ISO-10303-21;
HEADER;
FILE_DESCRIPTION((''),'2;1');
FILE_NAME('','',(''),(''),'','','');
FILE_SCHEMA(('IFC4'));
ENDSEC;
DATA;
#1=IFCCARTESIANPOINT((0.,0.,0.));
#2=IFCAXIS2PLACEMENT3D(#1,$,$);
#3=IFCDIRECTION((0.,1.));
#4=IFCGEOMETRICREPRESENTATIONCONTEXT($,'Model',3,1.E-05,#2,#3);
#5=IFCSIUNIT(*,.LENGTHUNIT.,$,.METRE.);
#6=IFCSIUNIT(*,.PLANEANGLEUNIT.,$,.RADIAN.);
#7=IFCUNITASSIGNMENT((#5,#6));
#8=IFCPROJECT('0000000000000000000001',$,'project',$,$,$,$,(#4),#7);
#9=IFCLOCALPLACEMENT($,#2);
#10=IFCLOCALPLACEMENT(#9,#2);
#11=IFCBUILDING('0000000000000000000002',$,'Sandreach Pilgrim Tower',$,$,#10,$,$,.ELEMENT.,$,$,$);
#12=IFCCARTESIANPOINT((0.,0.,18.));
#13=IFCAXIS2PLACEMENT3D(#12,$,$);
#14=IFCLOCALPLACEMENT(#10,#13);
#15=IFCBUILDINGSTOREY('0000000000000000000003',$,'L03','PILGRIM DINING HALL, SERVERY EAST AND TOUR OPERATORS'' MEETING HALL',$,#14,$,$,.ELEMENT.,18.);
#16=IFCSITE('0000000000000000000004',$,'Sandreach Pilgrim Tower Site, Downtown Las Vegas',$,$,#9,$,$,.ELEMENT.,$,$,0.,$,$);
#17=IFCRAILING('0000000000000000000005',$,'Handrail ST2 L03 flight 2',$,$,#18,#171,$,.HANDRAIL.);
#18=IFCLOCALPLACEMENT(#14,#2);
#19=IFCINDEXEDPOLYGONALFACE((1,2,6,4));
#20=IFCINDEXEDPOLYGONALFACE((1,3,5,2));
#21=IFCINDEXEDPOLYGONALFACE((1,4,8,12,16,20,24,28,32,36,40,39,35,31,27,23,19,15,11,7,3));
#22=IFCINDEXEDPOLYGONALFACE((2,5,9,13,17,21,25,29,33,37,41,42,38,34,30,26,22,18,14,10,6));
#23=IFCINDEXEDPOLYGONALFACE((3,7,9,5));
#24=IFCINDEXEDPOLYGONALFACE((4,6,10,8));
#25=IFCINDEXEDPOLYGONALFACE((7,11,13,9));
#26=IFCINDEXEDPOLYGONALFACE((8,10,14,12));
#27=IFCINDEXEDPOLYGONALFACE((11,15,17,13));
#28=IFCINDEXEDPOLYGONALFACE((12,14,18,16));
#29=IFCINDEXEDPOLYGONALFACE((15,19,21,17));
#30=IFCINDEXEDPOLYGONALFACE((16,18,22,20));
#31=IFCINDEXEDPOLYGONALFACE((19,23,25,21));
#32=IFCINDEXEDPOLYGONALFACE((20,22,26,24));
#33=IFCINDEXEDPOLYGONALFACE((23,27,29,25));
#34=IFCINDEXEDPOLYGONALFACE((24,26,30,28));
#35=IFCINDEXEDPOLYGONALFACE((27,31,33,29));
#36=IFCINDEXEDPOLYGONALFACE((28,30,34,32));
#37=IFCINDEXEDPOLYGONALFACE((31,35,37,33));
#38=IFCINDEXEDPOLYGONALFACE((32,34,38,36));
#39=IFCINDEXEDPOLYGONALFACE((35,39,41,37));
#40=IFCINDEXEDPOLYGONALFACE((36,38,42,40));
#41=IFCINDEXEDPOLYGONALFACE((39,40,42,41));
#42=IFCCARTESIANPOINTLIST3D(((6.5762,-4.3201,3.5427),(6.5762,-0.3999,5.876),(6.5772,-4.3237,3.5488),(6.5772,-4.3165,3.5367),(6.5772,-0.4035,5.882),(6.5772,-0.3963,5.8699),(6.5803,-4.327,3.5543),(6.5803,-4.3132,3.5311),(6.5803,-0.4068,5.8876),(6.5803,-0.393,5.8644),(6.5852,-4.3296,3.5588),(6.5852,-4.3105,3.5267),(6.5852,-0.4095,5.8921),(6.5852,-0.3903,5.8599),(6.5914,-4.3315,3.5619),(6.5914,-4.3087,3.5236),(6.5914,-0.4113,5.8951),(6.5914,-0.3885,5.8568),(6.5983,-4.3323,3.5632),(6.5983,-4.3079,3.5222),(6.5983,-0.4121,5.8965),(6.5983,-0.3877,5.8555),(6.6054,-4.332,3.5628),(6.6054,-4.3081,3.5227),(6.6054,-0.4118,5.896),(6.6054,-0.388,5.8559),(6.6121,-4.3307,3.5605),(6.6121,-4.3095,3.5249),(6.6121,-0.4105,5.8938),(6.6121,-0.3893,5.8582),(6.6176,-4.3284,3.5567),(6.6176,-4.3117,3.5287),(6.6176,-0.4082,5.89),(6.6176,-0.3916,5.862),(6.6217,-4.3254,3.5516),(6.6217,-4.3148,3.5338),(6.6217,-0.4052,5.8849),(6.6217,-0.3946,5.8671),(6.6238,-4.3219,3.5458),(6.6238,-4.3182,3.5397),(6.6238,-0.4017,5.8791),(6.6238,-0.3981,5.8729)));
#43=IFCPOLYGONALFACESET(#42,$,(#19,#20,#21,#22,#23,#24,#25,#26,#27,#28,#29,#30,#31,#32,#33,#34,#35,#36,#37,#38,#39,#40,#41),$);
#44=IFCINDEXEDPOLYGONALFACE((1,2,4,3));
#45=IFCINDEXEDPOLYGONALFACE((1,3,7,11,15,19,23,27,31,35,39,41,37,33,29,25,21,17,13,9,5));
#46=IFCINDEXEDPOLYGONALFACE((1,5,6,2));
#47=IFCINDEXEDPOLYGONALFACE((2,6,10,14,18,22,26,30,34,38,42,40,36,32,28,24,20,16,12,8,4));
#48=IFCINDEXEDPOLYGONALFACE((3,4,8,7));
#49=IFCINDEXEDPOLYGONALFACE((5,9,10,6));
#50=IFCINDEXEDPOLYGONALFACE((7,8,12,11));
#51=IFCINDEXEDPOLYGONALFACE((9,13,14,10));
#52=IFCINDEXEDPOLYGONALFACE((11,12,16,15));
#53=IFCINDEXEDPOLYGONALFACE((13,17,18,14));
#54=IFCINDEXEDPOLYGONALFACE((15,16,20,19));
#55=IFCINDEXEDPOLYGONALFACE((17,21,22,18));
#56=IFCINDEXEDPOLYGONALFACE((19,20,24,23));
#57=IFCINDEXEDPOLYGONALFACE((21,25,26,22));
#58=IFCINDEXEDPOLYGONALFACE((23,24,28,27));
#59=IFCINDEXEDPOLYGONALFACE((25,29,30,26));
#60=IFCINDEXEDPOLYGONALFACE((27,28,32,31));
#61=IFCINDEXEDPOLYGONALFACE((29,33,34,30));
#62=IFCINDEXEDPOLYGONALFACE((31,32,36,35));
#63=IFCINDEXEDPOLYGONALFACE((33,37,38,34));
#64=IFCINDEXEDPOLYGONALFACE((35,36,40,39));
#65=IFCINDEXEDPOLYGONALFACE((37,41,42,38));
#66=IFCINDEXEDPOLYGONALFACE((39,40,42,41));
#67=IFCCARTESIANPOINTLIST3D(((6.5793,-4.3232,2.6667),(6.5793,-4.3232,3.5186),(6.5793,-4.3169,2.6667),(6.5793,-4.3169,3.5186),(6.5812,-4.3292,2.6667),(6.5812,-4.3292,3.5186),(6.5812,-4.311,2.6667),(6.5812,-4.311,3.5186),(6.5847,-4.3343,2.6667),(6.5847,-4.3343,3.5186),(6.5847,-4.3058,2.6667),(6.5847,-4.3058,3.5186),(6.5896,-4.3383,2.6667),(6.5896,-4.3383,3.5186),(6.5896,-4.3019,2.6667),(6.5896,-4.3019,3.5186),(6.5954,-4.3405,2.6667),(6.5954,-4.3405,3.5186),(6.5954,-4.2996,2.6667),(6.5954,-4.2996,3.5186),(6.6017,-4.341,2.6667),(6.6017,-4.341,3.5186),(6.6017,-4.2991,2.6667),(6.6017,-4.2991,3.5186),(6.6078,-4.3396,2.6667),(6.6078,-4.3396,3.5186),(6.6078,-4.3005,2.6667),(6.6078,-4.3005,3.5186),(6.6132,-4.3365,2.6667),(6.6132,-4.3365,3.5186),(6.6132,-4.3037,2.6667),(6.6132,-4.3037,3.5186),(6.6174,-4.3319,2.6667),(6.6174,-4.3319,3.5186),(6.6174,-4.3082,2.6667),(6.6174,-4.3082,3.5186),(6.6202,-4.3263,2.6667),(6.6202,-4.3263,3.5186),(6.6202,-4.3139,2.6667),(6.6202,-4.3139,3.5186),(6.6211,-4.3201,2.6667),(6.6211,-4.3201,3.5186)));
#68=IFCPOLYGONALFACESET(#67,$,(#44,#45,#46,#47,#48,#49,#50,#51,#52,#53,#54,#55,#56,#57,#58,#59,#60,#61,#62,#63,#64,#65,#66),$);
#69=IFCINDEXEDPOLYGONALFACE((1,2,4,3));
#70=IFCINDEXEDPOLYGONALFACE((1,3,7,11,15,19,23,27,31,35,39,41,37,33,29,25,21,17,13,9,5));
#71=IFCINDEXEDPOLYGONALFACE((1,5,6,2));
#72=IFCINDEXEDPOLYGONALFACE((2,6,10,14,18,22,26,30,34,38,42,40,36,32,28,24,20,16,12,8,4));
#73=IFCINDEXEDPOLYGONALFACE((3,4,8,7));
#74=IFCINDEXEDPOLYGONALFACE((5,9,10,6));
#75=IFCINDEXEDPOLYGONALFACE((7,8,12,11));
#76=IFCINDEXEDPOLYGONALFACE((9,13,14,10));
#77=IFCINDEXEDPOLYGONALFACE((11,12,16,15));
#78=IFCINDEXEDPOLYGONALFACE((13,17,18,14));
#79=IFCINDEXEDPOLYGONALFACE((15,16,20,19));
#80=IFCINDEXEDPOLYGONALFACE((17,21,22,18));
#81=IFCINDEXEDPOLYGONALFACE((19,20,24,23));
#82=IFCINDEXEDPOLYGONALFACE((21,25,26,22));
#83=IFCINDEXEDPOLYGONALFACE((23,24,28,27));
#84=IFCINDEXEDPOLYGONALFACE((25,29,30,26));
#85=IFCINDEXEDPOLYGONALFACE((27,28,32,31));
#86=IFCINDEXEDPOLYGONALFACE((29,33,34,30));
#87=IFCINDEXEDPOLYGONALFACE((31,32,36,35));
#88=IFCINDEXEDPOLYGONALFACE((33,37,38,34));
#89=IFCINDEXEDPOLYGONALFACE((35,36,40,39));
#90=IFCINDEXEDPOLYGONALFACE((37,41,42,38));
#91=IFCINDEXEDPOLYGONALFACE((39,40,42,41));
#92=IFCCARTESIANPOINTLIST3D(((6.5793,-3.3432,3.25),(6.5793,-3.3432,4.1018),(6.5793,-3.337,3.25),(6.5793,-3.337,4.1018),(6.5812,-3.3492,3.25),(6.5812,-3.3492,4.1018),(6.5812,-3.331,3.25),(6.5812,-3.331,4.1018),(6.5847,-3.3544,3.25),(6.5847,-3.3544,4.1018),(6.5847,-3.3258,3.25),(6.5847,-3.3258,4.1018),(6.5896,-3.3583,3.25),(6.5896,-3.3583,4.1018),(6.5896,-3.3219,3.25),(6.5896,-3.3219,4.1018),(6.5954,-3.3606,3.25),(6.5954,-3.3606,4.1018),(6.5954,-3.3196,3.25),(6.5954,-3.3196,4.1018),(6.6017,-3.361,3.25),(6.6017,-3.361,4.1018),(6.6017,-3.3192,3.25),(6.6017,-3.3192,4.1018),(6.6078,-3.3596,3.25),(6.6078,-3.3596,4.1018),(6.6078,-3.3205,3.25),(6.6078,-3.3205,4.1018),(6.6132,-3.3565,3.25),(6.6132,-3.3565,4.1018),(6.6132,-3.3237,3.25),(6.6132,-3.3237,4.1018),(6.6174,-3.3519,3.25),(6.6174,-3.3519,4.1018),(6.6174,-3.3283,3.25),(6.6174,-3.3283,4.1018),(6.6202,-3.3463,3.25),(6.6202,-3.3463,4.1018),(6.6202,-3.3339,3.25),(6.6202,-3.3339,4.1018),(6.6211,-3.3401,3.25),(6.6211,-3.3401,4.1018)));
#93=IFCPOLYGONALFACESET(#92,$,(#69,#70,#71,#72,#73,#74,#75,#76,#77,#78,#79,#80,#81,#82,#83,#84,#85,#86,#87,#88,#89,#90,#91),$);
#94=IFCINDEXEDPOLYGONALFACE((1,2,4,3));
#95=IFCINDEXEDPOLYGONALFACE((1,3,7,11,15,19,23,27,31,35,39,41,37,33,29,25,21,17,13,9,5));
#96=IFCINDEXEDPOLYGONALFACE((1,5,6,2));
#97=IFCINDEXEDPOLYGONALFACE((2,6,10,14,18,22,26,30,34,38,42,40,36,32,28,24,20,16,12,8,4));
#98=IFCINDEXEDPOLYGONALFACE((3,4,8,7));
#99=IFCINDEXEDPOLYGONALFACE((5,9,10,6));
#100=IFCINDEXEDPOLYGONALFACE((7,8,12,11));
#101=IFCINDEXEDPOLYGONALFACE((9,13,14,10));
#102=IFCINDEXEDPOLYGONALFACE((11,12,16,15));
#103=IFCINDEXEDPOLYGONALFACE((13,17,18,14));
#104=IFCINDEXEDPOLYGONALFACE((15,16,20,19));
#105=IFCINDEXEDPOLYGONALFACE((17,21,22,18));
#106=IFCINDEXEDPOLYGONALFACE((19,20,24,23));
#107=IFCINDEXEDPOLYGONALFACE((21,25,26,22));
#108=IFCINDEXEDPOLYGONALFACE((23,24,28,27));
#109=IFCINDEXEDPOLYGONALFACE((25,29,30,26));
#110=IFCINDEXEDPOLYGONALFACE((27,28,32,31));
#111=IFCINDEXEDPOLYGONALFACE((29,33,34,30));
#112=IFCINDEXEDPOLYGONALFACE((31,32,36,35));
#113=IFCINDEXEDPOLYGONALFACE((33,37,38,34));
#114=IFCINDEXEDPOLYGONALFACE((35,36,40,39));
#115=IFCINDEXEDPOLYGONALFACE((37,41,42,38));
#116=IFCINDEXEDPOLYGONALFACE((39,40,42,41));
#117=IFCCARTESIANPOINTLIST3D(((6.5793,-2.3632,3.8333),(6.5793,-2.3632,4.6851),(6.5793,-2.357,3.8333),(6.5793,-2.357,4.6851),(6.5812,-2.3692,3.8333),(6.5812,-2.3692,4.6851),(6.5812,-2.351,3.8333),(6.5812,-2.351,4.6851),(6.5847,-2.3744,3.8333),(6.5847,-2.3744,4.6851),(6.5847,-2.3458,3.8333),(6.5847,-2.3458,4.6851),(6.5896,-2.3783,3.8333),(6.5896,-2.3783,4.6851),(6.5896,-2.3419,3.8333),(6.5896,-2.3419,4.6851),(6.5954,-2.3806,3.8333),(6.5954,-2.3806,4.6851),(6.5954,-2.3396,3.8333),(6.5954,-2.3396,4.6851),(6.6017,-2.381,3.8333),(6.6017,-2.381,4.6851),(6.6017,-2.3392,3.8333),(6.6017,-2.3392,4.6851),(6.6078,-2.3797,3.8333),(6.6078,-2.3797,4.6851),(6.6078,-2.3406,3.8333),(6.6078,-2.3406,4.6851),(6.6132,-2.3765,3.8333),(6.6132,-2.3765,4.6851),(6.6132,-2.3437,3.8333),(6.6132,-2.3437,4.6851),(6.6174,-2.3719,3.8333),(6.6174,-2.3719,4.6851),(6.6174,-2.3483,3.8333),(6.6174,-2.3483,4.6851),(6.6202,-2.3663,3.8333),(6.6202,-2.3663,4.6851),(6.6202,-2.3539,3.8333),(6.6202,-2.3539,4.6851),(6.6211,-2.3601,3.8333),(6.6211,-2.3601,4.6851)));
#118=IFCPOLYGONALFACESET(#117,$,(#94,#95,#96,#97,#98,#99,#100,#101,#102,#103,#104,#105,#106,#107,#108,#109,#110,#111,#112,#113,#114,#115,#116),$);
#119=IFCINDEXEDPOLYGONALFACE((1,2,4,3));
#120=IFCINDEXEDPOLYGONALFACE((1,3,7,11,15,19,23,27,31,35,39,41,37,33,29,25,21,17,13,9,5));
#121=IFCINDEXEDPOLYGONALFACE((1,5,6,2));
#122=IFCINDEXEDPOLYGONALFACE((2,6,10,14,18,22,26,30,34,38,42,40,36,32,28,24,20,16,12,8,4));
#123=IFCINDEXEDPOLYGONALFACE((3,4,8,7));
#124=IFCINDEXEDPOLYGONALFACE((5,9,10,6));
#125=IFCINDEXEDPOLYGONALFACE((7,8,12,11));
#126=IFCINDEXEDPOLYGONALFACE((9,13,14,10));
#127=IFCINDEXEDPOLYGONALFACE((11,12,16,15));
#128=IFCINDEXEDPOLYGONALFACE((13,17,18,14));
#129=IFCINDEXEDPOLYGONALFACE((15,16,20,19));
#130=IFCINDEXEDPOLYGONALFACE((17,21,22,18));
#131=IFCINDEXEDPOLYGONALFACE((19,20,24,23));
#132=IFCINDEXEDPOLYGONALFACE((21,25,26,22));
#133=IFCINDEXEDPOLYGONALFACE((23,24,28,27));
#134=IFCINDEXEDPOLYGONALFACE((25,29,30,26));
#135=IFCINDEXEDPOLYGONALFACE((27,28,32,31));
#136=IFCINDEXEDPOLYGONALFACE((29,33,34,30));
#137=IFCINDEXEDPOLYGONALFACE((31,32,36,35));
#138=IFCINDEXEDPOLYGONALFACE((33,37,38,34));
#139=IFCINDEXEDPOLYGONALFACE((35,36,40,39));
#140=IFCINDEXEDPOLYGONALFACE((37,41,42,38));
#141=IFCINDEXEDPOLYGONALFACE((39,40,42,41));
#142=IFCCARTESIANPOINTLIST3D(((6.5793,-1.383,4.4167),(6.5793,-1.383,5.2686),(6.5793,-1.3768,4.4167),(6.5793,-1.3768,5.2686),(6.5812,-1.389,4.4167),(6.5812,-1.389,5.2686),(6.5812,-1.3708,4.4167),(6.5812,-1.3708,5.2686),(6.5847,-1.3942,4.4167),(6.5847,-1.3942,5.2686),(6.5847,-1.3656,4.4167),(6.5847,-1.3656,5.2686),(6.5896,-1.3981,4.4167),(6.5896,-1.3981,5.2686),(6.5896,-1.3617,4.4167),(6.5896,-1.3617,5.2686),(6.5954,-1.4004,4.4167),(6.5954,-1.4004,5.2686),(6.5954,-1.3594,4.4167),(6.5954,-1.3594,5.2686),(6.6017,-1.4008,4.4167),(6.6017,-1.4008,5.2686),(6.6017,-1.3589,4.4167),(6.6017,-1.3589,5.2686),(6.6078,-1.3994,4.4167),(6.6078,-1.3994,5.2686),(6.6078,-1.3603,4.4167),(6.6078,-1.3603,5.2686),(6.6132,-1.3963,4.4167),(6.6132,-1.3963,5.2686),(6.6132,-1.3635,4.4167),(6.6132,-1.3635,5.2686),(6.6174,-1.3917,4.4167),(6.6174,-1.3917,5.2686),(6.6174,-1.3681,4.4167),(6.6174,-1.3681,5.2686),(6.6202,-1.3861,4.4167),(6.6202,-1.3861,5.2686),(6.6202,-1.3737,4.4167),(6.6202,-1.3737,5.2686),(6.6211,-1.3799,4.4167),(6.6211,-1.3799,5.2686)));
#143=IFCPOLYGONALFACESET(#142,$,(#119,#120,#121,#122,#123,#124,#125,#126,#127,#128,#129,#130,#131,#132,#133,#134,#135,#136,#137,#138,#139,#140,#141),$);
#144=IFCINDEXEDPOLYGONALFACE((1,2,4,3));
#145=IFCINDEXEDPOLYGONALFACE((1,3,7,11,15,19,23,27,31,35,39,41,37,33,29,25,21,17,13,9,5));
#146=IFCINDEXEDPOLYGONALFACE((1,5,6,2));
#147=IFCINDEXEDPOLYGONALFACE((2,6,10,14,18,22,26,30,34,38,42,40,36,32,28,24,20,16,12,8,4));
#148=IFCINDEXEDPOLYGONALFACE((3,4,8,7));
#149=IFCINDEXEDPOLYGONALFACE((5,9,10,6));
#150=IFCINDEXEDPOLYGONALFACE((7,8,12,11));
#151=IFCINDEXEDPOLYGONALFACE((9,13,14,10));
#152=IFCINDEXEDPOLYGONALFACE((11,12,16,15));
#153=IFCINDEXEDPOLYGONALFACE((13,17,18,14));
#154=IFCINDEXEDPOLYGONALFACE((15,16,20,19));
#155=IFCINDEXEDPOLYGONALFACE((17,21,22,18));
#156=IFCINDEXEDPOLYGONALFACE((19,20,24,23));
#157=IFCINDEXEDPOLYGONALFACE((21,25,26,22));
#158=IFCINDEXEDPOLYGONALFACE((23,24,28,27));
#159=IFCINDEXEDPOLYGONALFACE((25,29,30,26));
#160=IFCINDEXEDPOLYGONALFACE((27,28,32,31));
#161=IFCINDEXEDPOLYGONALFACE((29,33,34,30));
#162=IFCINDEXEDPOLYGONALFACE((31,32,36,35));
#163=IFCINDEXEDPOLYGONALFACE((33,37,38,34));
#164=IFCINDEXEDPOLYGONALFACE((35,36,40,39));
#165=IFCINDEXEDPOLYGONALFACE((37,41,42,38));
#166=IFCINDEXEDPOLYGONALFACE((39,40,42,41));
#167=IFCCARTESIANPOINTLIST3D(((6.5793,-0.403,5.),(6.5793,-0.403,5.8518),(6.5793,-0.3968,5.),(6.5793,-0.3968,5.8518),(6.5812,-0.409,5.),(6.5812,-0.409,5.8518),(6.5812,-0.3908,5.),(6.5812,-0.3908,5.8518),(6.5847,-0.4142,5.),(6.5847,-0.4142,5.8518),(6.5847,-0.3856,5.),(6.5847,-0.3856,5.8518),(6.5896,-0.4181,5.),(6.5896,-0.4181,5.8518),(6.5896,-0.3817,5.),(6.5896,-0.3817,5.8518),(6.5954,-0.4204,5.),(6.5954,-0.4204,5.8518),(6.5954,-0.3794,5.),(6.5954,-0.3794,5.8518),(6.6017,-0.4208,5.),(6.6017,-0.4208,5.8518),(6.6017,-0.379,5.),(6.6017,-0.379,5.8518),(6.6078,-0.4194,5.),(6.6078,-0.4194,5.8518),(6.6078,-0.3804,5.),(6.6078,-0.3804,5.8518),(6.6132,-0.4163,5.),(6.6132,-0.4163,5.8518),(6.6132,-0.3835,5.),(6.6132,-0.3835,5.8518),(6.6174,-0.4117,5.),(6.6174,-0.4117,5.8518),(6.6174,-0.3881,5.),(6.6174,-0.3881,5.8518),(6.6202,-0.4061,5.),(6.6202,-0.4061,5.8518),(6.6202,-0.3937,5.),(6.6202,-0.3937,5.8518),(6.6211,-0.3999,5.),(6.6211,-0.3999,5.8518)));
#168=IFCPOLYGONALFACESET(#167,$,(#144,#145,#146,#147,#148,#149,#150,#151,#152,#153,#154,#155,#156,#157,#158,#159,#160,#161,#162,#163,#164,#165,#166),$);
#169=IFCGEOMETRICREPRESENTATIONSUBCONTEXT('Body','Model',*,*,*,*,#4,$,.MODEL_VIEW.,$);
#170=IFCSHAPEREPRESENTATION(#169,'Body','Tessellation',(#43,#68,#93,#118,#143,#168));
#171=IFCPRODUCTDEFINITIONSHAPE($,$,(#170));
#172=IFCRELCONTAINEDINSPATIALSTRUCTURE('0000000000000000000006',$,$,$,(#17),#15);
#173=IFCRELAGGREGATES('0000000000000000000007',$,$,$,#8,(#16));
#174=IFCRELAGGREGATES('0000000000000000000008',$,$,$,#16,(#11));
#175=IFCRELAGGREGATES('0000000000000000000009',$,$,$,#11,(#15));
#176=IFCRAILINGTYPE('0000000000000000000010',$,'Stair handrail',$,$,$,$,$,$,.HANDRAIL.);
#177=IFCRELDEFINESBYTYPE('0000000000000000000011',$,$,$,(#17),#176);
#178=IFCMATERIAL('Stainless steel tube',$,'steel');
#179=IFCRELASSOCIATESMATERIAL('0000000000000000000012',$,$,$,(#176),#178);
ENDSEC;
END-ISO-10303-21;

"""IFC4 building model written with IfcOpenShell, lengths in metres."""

from ifc_helpers import new_model, si_unit, direction, frame, origin, origin_2d, place, context, subcontext, project, spatial, circle, extrude, material, type_object, element, save


model = new_model("IFC4")

# Units and contexts
model_context = context("Model", 3, precision=1e-05, world=origin(), true_north=direction((0.0, 1.0)))
body_context = subcontext(model_context, "Body", "Model", "MODEL_VIEW")
ifc_project = project(units=[si_unit("LENGTHUNIT", "METRE"), si_unit("PLANEANGLEUNIT", "RADIAN")], contexts=[model_context])

# Site, building, storey
site_placement = place(None, origin())
site = spatial("IfcSite", under=ifc_project, at=site_placement, Name="Sandreach Pilgrim Tower Site, Downtown Las Vegas", CompositionType="ELEMENT", RefElevation=0.0)
building_placement = place(site_placement, origin())
building = spatial("IfcBuilding", under=site, at=building_placement, Name="Sandreach Pilgrim Tower", CompositionType="ELEMENT")
storey_placement = place(building_placement, frame((0.0, 0.0, 18.0)))
storey = spatial("IfcBuildingStorey", under=building, at=storey_placement, Name="L03", Description="PILGRIM DINING HALL, SERVERY EAST AND TOUR OPERATORS' MEETING HALL", CompositionType="ELEMENT", Elevation=18.0)

# Railing
ifc_material_1 = material(Name="Stainless steel tube", Category="steel")
railing_type = type_object("IfcRailingType", Name="Stair handrail", PredefinedType="HANDRAIL", material=ifc_material_1)
for number, where, name in (
    (1, (6.6001, -4.3201, 2.6667), "Handrail ST2 L03 flight 2"),
):
    element("IfcRailing", number, at=place(storey_placement, frame(where)), inside=storey, type_object=railing_type, Name=name, PredefinedType="HANDRAIL", context=body_context, shape_type="SweptSolid", body=[
        extrude(circle(Radius=0.0239, at=origin_2d()), frame((0.0, 0.0, 0.876), z_axis=(0.0, 0.85931, 0.511455), x_axis=(-1.0, 0.0, 0.0)), (0.0, 0.0, 1.0), 4.562),
        extrude(circle(Radius=0.021, at=origin_2d()), origin(), (0.0, 0.0, 1.0), 0.8518),
        extrude(circle(Radius=0.021, at=origin_2d()), frame((0.0, 0.98, 0.5833)), (0.0, 0.0, 1.0), 0.8518),
        extrude(circle(Radius=0.021, at=origin_2d()), frame((0.0, 1.96, 1.1665)), (0.0, 0.0, 1.0), 0.8518),
        extrude(circle(Radius=0.021, at=origin_2d()), frame((0.0, 2.9402, 1.75)), (0.0, 0.0, 1.0), 0.8518),
        extrude(circle(Radius=0.021, at=origin_2d()), frame((0.0, 3.9202, 2.3333)), (0.0, 0.0, 1.0), 0.8518),
    ])

save(model, "model.ifc")
